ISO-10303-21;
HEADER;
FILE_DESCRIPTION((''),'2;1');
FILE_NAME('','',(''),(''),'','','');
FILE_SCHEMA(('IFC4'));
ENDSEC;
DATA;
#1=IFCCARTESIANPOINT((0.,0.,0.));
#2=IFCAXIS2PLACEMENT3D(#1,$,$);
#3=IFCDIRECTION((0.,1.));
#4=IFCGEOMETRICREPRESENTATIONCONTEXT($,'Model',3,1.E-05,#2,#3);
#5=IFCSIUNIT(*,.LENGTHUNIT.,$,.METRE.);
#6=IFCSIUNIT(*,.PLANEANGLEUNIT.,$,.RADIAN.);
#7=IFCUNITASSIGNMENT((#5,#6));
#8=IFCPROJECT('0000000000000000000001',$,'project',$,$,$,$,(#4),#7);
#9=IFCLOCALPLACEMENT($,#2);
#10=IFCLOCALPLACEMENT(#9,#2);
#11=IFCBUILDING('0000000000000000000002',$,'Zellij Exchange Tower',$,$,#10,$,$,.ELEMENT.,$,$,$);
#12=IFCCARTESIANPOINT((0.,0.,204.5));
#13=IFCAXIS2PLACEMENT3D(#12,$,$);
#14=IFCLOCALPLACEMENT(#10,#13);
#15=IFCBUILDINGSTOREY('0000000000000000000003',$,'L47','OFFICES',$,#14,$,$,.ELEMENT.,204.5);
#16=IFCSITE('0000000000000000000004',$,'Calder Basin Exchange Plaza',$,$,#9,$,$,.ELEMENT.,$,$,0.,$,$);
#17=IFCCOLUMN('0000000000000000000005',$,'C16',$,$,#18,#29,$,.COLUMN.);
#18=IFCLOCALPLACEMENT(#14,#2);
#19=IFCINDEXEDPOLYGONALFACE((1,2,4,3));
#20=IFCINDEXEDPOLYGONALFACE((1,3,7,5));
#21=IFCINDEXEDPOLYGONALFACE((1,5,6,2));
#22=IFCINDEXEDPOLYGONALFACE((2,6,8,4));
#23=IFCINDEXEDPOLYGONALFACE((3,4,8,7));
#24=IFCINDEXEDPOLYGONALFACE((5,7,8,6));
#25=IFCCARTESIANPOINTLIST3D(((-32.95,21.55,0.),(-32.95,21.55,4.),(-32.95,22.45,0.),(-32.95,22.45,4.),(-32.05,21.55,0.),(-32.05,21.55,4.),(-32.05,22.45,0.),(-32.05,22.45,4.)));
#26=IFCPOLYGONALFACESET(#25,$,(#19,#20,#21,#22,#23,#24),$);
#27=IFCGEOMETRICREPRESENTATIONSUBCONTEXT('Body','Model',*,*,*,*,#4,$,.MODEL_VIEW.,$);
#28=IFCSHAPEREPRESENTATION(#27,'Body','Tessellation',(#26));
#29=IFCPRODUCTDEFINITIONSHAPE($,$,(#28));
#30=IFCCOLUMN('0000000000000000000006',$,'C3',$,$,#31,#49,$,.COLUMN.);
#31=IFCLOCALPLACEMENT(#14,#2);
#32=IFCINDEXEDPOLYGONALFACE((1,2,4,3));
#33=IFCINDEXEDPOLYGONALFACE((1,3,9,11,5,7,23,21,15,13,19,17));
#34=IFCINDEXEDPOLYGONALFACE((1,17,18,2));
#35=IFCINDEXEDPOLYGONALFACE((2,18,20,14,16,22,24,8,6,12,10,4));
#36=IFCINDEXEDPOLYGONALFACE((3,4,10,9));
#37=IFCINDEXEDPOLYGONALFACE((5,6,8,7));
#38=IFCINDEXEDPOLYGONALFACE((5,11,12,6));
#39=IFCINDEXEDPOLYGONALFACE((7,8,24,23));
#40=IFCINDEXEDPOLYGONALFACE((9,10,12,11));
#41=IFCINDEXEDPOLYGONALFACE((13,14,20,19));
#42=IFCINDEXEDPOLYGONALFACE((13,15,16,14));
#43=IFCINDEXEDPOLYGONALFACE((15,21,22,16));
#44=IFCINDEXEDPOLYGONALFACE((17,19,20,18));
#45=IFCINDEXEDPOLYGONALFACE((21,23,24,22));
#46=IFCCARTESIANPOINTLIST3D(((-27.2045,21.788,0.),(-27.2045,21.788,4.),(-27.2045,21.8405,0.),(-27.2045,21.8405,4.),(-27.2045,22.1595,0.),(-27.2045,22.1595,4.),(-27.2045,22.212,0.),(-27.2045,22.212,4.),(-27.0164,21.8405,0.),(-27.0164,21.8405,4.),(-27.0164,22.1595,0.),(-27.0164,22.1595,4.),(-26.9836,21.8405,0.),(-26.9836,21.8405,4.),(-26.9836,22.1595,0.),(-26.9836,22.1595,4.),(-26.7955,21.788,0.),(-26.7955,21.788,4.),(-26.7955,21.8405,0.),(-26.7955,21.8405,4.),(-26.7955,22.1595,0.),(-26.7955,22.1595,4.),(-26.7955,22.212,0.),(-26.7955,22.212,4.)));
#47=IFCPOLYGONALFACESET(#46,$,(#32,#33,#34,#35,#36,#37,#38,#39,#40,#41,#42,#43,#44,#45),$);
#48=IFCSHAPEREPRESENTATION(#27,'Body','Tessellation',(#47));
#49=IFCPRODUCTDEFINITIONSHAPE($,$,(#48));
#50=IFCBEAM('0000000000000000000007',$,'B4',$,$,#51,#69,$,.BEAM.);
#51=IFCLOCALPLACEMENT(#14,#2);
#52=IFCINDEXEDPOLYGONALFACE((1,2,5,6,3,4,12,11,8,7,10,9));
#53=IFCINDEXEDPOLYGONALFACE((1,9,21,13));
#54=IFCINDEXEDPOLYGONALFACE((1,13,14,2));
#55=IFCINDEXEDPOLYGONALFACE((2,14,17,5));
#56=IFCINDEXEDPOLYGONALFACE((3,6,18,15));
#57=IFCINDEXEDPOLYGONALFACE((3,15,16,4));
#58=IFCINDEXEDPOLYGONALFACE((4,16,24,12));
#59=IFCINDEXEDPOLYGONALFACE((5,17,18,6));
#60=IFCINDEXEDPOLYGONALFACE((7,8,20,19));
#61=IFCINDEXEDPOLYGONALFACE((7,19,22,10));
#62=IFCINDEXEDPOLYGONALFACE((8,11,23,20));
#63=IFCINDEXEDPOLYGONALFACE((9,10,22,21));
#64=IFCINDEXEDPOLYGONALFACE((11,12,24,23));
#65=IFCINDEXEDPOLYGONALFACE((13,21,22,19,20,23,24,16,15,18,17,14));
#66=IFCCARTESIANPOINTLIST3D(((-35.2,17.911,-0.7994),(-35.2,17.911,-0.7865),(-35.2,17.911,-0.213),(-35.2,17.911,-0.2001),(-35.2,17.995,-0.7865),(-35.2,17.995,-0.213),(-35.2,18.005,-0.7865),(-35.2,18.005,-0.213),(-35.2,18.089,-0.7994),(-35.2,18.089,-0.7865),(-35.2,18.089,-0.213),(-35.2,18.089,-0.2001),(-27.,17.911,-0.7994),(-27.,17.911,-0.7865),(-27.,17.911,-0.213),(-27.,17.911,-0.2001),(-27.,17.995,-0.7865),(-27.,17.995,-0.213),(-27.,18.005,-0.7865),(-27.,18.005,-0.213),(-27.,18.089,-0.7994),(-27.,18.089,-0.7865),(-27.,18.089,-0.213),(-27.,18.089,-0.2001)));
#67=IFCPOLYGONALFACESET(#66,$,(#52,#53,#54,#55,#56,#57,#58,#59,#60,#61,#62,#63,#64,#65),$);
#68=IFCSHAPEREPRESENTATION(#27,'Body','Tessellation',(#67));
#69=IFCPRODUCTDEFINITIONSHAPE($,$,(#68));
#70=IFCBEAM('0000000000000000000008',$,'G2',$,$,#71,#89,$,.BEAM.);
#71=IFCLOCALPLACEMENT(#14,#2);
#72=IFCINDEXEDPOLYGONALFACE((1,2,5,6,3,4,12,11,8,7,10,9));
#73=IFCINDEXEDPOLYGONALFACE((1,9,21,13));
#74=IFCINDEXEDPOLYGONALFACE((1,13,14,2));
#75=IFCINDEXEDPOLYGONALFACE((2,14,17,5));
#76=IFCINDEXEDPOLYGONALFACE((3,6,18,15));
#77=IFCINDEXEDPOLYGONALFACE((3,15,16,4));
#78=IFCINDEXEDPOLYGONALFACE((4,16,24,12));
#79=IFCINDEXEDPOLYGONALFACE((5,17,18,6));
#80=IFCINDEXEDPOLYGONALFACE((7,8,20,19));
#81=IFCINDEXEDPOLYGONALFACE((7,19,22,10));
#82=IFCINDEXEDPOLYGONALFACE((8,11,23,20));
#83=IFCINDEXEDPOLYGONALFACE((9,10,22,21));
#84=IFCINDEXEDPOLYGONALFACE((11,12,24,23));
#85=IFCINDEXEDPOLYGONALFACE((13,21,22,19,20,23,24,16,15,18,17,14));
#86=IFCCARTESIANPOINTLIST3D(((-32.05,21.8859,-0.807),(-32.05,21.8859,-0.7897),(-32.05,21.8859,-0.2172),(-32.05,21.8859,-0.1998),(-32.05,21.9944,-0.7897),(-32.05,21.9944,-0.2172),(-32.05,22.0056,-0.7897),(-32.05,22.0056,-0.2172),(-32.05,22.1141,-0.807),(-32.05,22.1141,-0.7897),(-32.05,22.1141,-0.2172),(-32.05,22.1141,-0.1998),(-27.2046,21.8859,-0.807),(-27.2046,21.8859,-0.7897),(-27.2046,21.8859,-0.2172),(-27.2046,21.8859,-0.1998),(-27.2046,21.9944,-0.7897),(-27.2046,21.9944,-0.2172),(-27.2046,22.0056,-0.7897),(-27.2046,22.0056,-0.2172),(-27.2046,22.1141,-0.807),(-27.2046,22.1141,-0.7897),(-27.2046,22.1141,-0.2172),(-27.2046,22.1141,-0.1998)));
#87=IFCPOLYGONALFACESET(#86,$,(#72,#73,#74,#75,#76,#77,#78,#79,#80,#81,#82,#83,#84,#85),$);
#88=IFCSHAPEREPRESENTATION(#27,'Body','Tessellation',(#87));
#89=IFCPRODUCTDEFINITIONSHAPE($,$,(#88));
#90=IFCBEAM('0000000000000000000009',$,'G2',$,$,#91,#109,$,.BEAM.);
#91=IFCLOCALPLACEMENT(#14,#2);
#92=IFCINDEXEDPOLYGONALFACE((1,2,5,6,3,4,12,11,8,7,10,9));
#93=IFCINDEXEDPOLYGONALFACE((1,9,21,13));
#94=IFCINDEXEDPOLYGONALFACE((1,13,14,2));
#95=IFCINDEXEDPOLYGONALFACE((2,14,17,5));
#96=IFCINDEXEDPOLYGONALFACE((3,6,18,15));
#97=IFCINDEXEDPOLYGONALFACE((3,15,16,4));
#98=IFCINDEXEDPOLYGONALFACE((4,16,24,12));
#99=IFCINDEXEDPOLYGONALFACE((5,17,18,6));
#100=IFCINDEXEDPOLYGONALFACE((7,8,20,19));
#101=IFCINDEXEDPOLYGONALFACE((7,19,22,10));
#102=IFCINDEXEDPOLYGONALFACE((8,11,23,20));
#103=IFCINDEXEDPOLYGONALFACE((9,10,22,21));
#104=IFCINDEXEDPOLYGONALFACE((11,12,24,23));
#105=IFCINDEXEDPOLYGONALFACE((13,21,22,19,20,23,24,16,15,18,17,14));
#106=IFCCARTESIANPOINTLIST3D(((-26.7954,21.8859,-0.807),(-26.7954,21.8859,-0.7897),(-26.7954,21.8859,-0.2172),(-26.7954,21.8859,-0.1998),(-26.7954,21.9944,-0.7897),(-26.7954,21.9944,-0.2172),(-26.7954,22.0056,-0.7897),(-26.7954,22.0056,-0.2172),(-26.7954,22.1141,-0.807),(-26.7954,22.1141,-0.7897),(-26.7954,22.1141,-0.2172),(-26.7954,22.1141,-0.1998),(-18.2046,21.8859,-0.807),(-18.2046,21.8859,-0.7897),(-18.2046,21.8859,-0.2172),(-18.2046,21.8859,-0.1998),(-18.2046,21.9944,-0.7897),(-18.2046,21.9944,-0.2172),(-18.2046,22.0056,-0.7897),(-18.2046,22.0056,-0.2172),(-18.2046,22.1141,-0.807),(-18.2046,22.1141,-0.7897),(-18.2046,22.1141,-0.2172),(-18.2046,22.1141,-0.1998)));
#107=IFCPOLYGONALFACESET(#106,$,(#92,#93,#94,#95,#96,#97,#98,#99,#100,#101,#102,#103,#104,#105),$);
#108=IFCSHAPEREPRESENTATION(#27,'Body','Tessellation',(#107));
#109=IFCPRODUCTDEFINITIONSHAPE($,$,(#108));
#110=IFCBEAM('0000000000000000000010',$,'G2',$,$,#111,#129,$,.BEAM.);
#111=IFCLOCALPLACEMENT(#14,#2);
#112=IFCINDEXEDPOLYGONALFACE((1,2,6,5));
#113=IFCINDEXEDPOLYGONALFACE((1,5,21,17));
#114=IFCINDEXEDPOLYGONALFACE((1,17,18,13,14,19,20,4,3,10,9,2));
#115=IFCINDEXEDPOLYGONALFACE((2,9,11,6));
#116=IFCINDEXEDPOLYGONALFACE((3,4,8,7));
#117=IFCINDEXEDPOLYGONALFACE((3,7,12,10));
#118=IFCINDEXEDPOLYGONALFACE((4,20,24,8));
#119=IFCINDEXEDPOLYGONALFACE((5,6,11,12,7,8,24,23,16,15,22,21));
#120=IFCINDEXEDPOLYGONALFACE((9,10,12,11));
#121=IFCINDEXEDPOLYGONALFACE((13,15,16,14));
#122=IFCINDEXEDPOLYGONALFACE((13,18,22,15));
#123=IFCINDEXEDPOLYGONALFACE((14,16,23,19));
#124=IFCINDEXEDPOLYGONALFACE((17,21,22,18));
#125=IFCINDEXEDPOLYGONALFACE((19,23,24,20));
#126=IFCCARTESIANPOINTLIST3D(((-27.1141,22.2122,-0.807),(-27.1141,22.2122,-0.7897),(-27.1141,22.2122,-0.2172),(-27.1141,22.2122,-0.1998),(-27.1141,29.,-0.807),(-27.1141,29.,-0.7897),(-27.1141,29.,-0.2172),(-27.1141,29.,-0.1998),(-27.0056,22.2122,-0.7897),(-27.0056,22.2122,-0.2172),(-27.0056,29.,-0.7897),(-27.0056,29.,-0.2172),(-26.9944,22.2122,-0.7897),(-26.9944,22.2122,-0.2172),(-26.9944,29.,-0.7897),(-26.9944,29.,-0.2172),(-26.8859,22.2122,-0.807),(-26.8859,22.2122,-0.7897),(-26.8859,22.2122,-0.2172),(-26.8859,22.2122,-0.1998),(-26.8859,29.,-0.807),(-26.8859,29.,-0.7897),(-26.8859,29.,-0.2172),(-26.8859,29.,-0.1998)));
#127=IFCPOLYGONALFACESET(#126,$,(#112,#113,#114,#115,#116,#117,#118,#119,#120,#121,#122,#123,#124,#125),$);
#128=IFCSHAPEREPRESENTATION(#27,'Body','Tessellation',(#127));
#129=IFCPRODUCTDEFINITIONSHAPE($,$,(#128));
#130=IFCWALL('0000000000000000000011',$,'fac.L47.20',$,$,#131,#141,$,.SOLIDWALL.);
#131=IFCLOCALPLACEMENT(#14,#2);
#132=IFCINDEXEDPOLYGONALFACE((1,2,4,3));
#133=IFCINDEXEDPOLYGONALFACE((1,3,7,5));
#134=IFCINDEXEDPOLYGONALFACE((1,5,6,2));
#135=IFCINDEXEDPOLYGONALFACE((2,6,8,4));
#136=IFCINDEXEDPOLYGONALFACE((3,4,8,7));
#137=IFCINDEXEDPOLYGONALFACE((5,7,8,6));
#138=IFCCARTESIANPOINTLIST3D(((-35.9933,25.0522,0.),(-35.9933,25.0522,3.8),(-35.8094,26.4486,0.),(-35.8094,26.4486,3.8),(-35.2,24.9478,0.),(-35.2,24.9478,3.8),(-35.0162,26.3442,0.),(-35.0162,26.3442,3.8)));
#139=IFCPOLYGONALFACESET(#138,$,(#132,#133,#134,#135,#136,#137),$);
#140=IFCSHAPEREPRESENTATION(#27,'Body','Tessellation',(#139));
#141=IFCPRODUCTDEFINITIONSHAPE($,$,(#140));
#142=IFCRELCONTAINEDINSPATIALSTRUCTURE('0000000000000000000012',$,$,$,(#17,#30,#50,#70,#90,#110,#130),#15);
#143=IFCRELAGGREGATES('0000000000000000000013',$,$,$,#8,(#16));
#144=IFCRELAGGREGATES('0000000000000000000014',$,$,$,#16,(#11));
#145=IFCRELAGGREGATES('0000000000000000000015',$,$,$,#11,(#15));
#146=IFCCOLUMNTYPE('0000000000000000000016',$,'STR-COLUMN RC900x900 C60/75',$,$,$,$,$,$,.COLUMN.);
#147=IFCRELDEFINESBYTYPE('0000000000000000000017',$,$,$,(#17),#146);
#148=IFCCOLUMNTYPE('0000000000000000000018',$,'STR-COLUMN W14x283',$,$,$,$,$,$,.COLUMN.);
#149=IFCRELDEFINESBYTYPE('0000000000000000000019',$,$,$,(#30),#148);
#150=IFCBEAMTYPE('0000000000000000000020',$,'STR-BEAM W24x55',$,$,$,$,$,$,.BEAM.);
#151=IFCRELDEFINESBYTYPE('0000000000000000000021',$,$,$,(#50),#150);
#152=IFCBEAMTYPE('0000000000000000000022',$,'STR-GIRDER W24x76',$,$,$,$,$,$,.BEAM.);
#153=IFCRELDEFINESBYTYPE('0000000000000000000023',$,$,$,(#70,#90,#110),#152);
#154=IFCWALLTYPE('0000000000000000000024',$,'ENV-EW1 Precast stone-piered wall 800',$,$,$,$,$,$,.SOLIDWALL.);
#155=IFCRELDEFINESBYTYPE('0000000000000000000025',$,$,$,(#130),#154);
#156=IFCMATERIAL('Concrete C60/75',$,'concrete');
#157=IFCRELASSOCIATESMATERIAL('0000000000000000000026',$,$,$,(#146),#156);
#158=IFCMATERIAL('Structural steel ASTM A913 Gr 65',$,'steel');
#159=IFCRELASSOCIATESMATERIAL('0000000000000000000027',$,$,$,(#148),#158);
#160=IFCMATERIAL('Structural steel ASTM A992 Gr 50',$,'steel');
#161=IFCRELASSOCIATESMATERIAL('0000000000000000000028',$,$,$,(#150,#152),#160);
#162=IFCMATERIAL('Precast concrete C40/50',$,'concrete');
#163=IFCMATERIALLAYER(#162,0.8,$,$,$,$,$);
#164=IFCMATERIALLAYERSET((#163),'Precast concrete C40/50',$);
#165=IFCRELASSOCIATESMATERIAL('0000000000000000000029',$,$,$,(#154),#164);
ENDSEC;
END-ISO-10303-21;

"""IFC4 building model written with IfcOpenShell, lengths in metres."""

from ifc_helpers import new_model, si_unit, direction, frame, frame_2d, origin, origin_2d, place, context, subcontext, project, spatial, rectangle, i_section, extrude, material, layer, layer_set, material_profile, profile_set, type_object, element, save


model = new_model("IFC4")

# Units and contexts
model_context = context("Model", 3, precision=1e-05, world=origin(), true_north=direction((0.0, 1.0)))
body_context = subcontext(model_context, "Body", "Model", "MODEL_VIEW")
ifc_project = project(units=[si_unit("LENGTHUNIT", "METRE"), si_unit("PLANEANGLEUNIT", "RADIAN")], contexts=[model_context])

# Site, building, storey
site_placement = place(None, origin())
site = spatial("IfcSite", under=ifc_project, at=site_placement, Name="Calder Basin Exchange Plaza", CompositionType="ELEMENT", RefElevation=0.0)
building_placement = place(site_placement, origin())
building = spatial("IfcBuilding", under=site, at=building_placement, Name="Zellij Exchange Tower", CompositionType="ELEMENT")
storey_placement = place(building_placement, frame((0.0, 0.0, 204.5)))
storey = spatial("IfcBuildingStorey", under=building, at=storey_placement, Name="L47", Description="OFFICES", CompositionType="ELEMENT", Elevation=204.5)

# Columns
ifc_material_1 = material(Name="Concrete C60/75", Category="concrete")
ifc_material_profile_1 = material_profile(ifc_material_1, rectangle(XDim=0.8999, YDim=0.8999, at=origin_2d()), Name="STR-COLUMN RC900x900 C60/75")
ifc_profile_set_1 = profile_set([ifc_material_profile_1], Name="Concrete C60/75")
column_type_1 = type_object("IfcColumnType", Name="STR-COLUMN RC900x900 C60/75", PredefinedType="COLUMN", material=ifc_profile_set_1)
column_1_placement = place(storey_placement, frame((-32.5, 22.0, 0.0), z_axis=(0.0, 0.0, 1.0), x_axis=(1.0, 0.0, 0.0)))
element("IfcColumn", 1, at=column_1_placement, inside=storey, type_object=column_type_1, Name="C16", PredefinedType="COLUMN", context=body_context, shape_type="SweptSolid", body=[
    extrude(rectangle(XDim=0.8999, YDim=0.8999, at=origin_2d()), origin(), (0.0, 0.0, 1.0), 4.0),
])
ifc_material_2 = material(Name="Structural steel ASTM A913 Gr 65", Category="steel")
ifc_material_profile_2 = material_profile(ifc_material_2, i_section(OverallWidth=0.4089, OverallDepth=0.4241, WebThickness=0.0327, FlangeThickness=0.0525, at=origin_2d()), Name="W14x283")
ifc_profile_set_2 = profile_set([ifc_material_profile_2], Name="Structural steel ASTM A913 Gr 65")
column_type_2 = type_object("IfcColumnType", Name="STR-COLUMN W14x283", PredefinedType="COLUMN", material=ifc_profile_set_2)
column_2_placement = place(storey_placement, frame((-27.0, 22.0, 0.0), z_axis=(0.0, 0.0, 1.0), x_axis=(1.0, 0.0, 0.0)))
element("IfcColumn", 2, at=column_2_placement, inside=storey, type_object=column_type_2, Name="C3", PredefinedType="COLUMN", context=body_context, shape_type="SweptSolid", body=[
    extrude(i_section(OverallWidth=0.4089, OverallDepth=0.4241, WebThickness=0.0327, FlangeThickness=0.0525, at=origin_2d()), origin(), (0.0, 0.0, 1.0), 4.0),
])

# Beams
ifc_material_3 = material(Name="Structural steel ASTM A992 Gr 50", Category="steel")
ifc_material_profile_3 = material_profile(ifc_material_3, i_section(OverallWidth=0.178, OverallDepth=0.5994, WebThickness=0.01, FlangeThickness=0.0129, at=origin_2d()), Name="W24x55")
ifc_profile_set_3 = profile_set([ifc_material_profile_3], Name="Structural steel ASTM A992 Gr 50")
beam_type_1 = type_object("IfcBeamType", Name="STR-BEAM W24x55", PredefinedType="BEAM", material=ifc_profile_set_3)
beam_1_placement = place(storey_placement, frame((-35.2, 18.0, -0.4998), z_axis=(1.0, 0.0, 0.0), x_axis=(0.0, 1.0, 0.0)))
element("IfcBeam", 3, at=beam_1_placement, inside=storey, type_object=beam_type_1, Name="B4", PredefinedType="BEAM", context=body_context, shape_type="SweptSolid", body=[
    extrude(i_section(OverallWidth=0.178, OverallDepth=0.5994, WebThickness=0.01, FlangeThickness=0.0129, at=origin_2d()), origin(), (0.0, 0.0, 1.0), 8.2),
])
ifc_material_profile_4 = material_profile(ifc_material_3, i_section(OverallWidth=0.2283, OverallDepth=0.6072, WebThickness=0.0112, FlangeThickness=0.0173, at=origin_2d()), Name="W24x76")
ifc_profile_set_4 = profile_set([ifc_material_profile_4], Name="Structural steel ASTM A992 Gr 50")
beam_type_2 = type_object("IfcBeamType", Name="STR-GIRDER W24x76", PredefinedType="BEAM", material=ifc_profile_set_4)
beam_2_placement = place(storey_placement, frame((-32.05, 22.0, -0.5034), z_axis=(1.0, 0.0, 0.0), x_axis=(0.0, 1.0, 0.0)))
element("IfcBeam", 4, at=beam_2_placement, inside=storey, type_object=beam_type_2, Name="G2", PredefinedType="BEAM", context=body_context, shape_type="SweptSolid", body=[
    extrude(i_section(OverallWidth=0.2283, OverallDepth=0.6072, WebThickness=0.0112, FlangeThickness=0.0173, at=origin_2d()), origin(), (0.0, 0.0, 1.0), 4.8455),
])
beam_3_placement = place(storey_placement, frame((-26.7954, 22.0, -0.5034), z_axis=(1.0, 0.0, 0.0), x_axis=(0.0, 1.0, 0.0)))
element("IfcBeam", 5, at=beam_3_placement, inside=storey, type_object=beam_type_2, Name="G2", PredefinedType="BEAM", context=body_context, shape_type="SweptSolid", body=[
    extrude(i_section(OverallWidth=0.2283, OverallDepth=0.6072, WebThickness=0.0112, FlangeThickness=0.0173, at=origin_2d()), origin(), (0.0, 0.0, 1.0), 8.5908),
])
beam_4_placement = place(storey_placement, frame((-27.0, 22.2122, -0.5034), z_axis=(0.0, 1.0, 0.0), x_axis=(-1.0, 0.0, 0.0)))
element("IfcBeam", 6, at=beam_4_placement, inside=storey, type_object=beam_type_2, Name="G2", PredefinedType="BEAM", context=body_context, shape_type="SweptSolid", body=[
    extrude(i_section(OverallWidth=0.2283, OverallDepth=0.6072, WebThickness=0.0112, FlangeThickness=0.0173, at=origin_2d()), origin(), (0.0, 0.0, 1.0), 6.7878),
])

# Wall
ifc_material_4 = material(Name="Precast concrete C40/50", Category="concrete")
ifc_layer_1 = layer(ifc_material_4, 0.8)
ifc_layer_set_1 = layer_set([ifc_layer_1], Name="Precast concrete C40/50")
wall_type = type_object("IfcWallType", Name="ENV-EW1 Precast stone-piered wall 800", PredefinedType="SOLIDWALL", material=ifc_layer_set_1)
wall_1_placement = place(storey_placement, frame((-35.4128, 26.3962, 0.0), z_axis=(0.0, 0.0, 1.0), x_axis=(-0.130517, -0.991446, 0.0)))
element("IfcWall", 7, at=wall_1_placement, inside=storey, type_object=wall_type, Name="fac.L47.20", PredefinedType="SOLIDWALL", context=body_context, shape_type="SweptSolid", body=[
    extrude(rectangle(XDim=1.4084, YDim=0.8, at=frame_2d((0.7041, 0.0))), origin(), (0.0, 0.0, 1.0), 3.8),
])

save(model, "model.ifc")
